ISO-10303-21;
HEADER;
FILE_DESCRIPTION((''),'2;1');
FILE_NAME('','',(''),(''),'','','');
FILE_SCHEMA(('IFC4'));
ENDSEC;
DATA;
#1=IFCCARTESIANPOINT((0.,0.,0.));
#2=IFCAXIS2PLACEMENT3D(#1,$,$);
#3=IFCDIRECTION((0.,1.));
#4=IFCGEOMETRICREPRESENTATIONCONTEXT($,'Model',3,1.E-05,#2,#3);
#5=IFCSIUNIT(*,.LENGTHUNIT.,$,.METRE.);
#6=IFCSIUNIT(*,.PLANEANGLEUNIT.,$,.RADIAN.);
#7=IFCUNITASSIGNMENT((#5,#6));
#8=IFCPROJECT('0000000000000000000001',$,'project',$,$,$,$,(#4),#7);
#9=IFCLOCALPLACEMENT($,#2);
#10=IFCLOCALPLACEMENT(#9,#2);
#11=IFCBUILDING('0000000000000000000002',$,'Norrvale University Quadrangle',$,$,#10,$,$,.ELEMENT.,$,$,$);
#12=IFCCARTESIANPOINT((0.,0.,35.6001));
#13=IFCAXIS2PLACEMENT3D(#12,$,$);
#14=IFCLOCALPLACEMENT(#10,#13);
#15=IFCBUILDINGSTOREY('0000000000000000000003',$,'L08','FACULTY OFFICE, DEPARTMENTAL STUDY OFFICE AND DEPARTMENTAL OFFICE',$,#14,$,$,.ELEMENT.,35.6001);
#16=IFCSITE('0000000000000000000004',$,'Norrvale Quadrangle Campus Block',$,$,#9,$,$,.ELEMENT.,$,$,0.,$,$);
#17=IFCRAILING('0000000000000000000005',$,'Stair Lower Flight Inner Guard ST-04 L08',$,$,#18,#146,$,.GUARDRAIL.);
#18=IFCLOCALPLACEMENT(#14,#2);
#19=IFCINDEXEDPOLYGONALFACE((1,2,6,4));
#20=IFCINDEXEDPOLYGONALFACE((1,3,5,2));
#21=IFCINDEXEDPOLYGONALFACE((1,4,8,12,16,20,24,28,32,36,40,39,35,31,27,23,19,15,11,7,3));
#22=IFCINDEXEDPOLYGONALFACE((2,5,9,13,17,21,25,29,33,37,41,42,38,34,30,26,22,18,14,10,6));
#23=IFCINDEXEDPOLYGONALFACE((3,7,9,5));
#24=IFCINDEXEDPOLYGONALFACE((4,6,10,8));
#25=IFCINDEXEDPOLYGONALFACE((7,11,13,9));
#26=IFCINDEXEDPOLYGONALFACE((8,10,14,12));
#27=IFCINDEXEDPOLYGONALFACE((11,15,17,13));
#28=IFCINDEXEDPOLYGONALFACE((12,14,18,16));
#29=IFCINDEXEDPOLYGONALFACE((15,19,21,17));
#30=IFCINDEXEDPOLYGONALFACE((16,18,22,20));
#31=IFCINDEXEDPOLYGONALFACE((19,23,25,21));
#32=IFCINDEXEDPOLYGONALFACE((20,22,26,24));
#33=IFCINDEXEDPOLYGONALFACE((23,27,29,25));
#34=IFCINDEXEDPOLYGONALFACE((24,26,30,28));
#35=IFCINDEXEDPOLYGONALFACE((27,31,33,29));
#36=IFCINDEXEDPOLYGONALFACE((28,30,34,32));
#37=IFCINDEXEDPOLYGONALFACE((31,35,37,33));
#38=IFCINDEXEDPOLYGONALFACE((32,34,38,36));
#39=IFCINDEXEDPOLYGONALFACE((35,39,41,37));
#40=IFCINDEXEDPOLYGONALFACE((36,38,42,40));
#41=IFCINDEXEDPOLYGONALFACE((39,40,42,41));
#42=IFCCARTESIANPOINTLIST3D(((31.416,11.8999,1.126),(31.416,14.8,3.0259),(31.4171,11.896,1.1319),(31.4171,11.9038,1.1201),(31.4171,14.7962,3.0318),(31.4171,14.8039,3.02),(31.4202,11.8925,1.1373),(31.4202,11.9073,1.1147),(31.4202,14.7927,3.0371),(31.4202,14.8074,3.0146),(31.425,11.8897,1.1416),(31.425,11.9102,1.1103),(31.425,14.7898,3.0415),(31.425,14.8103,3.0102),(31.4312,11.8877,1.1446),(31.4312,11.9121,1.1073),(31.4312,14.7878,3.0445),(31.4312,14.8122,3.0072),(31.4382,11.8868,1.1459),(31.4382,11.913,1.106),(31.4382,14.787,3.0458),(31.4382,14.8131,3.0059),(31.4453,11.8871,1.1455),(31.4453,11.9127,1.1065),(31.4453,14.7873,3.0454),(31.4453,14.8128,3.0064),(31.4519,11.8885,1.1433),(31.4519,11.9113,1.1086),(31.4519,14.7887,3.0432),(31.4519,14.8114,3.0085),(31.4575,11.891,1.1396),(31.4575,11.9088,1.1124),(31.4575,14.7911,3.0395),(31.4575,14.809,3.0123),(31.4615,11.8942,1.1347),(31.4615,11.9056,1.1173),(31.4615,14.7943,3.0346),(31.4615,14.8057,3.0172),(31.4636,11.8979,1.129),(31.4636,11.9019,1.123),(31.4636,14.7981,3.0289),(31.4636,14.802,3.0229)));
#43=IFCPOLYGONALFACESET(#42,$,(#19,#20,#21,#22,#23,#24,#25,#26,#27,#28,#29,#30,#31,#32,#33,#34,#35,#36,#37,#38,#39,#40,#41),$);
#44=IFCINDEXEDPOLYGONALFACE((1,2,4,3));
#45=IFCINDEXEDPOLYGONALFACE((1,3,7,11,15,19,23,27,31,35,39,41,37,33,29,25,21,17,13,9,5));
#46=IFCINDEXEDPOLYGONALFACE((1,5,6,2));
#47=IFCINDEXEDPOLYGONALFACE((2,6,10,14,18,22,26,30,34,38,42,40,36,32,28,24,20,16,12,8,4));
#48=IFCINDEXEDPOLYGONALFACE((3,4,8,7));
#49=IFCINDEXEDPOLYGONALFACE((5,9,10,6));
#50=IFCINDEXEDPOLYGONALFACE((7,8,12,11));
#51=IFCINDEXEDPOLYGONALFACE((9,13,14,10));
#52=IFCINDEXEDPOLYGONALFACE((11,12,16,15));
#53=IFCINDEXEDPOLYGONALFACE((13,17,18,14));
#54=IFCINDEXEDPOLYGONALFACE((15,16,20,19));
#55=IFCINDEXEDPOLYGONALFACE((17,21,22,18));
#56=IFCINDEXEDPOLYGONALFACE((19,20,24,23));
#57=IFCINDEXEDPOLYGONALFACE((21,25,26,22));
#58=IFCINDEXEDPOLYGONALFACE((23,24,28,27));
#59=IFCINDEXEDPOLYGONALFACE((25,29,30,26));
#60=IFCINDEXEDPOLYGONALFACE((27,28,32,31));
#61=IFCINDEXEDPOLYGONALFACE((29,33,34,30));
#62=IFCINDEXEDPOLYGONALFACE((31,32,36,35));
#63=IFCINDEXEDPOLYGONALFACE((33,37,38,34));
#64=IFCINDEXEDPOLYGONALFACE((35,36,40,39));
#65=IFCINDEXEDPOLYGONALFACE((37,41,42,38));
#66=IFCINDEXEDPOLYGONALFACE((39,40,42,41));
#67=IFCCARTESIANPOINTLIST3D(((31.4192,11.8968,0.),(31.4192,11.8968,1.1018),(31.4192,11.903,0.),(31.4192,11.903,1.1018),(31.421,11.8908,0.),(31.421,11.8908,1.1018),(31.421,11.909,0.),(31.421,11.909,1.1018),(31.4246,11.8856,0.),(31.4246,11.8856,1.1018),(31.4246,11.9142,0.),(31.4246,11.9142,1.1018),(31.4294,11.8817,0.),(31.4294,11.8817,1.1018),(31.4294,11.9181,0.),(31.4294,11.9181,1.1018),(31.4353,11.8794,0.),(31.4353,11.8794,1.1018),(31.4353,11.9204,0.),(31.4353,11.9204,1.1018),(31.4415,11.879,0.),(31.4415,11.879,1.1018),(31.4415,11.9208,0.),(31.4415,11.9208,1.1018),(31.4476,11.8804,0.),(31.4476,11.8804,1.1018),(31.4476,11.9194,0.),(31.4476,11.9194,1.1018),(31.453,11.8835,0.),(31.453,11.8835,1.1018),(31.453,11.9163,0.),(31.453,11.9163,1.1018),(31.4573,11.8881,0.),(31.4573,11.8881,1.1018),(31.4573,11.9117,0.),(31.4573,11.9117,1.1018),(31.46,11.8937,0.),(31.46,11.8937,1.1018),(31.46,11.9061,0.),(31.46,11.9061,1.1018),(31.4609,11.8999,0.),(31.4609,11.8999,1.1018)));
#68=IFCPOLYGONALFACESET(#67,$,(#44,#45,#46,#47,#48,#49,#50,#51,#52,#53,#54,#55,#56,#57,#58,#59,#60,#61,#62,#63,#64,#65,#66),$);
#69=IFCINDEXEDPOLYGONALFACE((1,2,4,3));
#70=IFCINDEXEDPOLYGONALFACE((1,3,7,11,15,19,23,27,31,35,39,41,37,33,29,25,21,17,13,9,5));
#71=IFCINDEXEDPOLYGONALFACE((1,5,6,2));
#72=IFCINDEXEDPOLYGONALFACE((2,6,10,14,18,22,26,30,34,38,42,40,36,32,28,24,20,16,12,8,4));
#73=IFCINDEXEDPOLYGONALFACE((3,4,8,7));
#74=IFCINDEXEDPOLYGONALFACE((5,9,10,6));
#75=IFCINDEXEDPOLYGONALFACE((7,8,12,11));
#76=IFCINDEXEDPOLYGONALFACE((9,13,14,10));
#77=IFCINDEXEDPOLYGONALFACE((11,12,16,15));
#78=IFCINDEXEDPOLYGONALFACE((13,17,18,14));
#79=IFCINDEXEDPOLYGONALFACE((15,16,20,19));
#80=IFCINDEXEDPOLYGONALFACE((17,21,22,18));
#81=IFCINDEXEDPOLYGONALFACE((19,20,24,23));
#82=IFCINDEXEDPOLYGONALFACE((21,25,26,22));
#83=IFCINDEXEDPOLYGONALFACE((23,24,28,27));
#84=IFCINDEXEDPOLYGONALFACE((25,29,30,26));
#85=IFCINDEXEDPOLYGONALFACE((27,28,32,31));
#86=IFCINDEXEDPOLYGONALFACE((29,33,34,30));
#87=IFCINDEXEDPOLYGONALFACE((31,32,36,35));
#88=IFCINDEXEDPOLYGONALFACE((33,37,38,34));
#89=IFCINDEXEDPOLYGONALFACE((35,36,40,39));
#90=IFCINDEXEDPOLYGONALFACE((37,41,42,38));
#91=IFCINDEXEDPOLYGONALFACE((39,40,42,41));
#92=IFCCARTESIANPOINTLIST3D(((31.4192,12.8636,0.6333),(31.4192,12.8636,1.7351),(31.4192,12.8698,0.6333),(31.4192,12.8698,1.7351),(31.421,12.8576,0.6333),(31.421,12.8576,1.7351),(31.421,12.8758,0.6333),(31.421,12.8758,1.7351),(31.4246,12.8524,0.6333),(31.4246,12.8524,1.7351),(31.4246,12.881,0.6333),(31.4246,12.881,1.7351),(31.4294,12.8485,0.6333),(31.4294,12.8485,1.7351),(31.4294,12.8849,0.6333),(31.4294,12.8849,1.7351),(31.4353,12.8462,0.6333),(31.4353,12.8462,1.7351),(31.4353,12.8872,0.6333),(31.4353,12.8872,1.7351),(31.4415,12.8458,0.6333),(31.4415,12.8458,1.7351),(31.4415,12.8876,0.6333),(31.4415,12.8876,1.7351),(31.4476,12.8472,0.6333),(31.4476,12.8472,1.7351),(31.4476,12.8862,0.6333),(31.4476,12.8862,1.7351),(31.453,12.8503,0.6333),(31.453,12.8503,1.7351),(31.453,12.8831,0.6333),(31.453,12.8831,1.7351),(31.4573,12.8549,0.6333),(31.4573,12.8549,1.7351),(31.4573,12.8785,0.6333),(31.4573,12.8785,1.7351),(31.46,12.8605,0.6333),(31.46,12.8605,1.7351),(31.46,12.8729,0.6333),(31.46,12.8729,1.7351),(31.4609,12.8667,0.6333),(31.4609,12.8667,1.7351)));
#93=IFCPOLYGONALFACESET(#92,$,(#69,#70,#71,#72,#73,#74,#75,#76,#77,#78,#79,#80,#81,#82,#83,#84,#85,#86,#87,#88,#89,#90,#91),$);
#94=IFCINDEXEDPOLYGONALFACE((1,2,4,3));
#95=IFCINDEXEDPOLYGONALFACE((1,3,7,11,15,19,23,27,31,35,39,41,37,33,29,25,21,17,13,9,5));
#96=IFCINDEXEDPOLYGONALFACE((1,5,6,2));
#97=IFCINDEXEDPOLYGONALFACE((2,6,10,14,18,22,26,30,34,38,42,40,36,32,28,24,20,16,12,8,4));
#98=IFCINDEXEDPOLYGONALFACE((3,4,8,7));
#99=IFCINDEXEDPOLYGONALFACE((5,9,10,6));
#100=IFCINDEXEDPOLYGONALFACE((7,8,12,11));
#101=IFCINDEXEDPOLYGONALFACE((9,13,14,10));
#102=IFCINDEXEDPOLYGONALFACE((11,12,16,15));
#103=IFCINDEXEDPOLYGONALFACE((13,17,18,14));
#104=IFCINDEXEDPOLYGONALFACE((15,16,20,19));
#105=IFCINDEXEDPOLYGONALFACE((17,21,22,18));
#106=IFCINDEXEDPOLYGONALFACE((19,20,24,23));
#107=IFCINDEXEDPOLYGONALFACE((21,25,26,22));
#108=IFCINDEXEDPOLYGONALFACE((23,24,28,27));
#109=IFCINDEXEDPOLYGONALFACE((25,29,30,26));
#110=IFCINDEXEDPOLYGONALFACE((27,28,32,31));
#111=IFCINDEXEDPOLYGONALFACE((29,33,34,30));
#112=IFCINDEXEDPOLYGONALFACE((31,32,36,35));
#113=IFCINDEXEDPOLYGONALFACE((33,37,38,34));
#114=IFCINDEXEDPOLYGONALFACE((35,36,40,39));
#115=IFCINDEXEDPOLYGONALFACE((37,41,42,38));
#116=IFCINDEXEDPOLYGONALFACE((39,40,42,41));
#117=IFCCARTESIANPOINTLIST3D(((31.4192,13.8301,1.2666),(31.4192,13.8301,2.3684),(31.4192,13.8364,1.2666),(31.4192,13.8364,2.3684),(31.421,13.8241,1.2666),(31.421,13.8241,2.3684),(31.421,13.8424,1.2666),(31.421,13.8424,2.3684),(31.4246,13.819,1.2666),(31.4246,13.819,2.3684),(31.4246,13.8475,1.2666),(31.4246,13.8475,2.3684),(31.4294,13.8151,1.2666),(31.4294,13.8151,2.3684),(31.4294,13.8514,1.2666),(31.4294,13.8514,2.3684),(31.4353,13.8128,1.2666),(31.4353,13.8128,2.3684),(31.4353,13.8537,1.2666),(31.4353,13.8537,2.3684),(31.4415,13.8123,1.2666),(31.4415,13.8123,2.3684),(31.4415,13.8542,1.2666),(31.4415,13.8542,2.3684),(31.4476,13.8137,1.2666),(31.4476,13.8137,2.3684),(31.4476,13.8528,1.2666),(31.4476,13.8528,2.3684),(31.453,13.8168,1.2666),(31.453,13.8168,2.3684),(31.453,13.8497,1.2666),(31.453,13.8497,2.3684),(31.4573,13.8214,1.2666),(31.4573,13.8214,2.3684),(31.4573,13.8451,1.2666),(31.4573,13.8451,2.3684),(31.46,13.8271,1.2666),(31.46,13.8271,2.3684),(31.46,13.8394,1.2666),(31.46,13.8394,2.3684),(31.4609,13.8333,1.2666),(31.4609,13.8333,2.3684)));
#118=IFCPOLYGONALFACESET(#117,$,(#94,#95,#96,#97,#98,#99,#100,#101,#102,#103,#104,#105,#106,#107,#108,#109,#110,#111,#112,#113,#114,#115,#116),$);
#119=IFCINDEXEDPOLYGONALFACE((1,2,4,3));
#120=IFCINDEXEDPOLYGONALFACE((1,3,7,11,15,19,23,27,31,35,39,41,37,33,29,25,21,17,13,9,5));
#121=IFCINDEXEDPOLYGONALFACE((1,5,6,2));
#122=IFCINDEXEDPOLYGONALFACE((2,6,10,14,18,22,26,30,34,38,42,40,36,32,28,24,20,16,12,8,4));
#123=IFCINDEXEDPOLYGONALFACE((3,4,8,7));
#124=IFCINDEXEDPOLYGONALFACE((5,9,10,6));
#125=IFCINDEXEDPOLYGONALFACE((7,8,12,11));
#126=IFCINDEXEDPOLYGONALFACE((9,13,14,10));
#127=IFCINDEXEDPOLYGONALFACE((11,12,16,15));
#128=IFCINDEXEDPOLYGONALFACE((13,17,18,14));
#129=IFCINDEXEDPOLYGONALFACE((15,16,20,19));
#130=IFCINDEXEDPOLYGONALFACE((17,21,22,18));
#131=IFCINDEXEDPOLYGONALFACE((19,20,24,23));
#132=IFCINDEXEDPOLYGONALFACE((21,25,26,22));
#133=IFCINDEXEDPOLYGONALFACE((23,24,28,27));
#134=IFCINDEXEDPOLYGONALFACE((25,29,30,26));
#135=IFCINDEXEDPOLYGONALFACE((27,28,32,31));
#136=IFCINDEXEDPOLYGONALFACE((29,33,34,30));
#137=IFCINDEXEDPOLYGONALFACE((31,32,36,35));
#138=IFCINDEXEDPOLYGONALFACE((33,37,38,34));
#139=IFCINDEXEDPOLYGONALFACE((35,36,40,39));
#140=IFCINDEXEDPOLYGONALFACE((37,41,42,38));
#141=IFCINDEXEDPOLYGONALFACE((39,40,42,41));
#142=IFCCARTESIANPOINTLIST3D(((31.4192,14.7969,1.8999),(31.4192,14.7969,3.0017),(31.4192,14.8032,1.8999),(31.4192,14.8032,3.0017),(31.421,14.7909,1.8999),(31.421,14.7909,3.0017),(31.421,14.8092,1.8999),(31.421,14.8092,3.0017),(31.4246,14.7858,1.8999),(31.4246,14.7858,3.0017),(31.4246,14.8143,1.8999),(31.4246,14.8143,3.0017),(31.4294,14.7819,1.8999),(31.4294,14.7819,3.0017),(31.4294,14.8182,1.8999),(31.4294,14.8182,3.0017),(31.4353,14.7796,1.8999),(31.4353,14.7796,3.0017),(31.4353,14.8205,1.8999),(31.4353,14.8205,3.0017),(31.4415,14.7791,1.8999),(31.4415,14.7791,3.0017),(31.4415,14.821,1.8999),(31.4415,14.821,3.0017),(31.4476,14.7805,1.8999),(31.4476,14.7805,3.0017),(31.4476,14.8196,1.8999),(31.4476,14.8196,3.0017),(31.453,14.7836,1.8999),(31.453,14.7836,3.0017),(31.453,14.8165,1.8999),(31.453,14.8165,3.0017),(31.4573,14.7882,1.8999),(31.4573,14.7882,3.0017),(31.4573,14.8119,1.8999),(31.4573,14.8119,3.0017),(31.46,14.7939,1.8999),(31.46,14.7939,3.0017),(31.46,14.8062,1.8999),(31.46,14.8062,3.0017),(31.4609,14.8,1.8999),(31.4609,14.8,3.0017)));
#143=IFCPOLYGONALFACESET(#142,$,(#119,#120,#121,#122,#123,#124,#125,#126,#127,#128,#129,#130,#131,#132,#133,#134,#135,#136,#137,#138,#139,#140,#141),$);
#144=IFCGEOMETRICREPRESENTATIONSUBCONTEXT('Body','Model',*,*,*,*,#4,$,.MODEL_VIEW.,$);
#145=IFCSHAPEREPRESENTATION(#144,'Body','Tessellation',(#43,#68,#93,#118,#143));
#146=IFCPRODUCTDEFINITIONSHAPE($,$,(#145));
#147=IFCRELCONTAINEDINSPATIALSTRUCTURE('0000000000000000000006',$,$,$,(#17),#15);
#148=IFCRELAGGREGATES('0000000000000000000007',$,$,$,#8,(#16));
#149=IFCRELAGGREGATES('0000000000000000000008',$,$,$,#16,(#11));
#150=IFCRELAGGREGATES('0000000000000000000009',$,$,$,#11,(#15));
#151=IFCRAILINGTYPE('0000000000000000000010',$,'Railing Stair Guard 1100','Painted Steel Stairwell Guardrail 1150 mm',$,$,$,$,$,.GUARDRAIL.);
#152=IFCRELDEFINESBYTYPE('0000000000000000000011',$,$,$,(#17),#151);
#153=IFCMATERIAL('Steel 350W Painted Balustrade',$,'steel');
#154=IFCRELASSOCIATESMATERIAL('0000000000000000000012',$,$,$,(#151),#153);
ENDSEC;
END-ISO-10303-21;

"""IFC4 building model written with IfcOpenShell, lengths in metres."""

from ifc_helpers import new_model, si_unit, direction, frame, origin, origin_2d, place, context, subcontext, project, spatial, circle, extrude, material, type_object, element, save


model = new_model("IFC4")

# Units and contexts
model_context = context("Model", 3, precision=1e-05, world=origin(), true_north=direction((0.0, 1.0)))
body_context = subcontext(model_context, "Body", "Model", "MODEL_VIEW")
ifc_project = project(units=[si_unit("LENGTHUNIT", "METRE"), si_unit("PLANEANGLEUNIT", "RADIAN")], contexts=[model_context])

# Site, building, storey
site_placement = place(None, origin())
site = spatial("IfcSite", under=ifc_project, at=site_placement, Name="Norrvale Quadrangle Campus Block", CompositionType="ELEMENT", RefElevation=0.0)
building_placement = place(site_placement, origin())
building = spatial("IfcBuilding", under=site, at=building_placement, Name="Norrvale University Quadrangle", CompositionType="ELEMENT")
storey_placement = place(building_placement, frame((0.0, 0.0, 35.6001)))
storey = spatial("IfcBuildingStorey", under=building, at=storey_placement, Name="L08", Description="FACULTY OFFICE, DEPARTMENTAL STUDY OFFICE AND DEPARTMENTAL OFFICE", CompositionType="ELEMENT", Elevation=35.6001)

# Railing
ifc_material_1 = material(Name="Steel 350W Painted Balustrade", Category="steel")
railing_type_1 = type_object("IfcRailingType", Name="Railing Stair Guard 1100", Description="Painted Steel Stairwell Guardrail 1150 mm", PredefinedType="GUARDRAIL", material=ifc_material_1)
railing_1_placement = place(storey_placement, frame((31.4399, 11.8999, 0.0)))
element("IfcRailing", 1, at=railing_1_placement, inside=storey, type_object=railing_type_1, Name="Stair Lower Flight Inner Guard ST-04 L08", PredefinedType="GUARDRAIL", context=body_context, shape_type="SweptSolid", body=[
    extrude(circle(Radius=0.0239, at=origin_2d()), frame((0.0, 0.0, 1.126), z_axis=(0.0, 0.836487, 0.547987), x_axis=(-1.0, 0.0, 0.0)), (0.0, 0.0, 1.0), 3.467),
    extrude(circle(Radius=0.021, at=origin_2d()), origin(), (0.0, 0.0, 1.0), 1.1018),
    extrude(circle(Radius=0.021, at=origin_2d()), frame((0.0, 0.9668, 0.6333)), (0.0, 0.0, 1.0), 1.1018),
    extrude(circle(Radius=0.021, at=origin_2d()), frame((0.0, 1.9333, 1.2666)), (0.0, 0.0, 1.0), 1.1018),
    extrude(circle(Radius=0.021, at=origin_2d()), frame((0.0, 2.9001, 1.8999)), (0.0, 0.0, 1.0), 1.1018),
])

save(model, "model.ifc")
